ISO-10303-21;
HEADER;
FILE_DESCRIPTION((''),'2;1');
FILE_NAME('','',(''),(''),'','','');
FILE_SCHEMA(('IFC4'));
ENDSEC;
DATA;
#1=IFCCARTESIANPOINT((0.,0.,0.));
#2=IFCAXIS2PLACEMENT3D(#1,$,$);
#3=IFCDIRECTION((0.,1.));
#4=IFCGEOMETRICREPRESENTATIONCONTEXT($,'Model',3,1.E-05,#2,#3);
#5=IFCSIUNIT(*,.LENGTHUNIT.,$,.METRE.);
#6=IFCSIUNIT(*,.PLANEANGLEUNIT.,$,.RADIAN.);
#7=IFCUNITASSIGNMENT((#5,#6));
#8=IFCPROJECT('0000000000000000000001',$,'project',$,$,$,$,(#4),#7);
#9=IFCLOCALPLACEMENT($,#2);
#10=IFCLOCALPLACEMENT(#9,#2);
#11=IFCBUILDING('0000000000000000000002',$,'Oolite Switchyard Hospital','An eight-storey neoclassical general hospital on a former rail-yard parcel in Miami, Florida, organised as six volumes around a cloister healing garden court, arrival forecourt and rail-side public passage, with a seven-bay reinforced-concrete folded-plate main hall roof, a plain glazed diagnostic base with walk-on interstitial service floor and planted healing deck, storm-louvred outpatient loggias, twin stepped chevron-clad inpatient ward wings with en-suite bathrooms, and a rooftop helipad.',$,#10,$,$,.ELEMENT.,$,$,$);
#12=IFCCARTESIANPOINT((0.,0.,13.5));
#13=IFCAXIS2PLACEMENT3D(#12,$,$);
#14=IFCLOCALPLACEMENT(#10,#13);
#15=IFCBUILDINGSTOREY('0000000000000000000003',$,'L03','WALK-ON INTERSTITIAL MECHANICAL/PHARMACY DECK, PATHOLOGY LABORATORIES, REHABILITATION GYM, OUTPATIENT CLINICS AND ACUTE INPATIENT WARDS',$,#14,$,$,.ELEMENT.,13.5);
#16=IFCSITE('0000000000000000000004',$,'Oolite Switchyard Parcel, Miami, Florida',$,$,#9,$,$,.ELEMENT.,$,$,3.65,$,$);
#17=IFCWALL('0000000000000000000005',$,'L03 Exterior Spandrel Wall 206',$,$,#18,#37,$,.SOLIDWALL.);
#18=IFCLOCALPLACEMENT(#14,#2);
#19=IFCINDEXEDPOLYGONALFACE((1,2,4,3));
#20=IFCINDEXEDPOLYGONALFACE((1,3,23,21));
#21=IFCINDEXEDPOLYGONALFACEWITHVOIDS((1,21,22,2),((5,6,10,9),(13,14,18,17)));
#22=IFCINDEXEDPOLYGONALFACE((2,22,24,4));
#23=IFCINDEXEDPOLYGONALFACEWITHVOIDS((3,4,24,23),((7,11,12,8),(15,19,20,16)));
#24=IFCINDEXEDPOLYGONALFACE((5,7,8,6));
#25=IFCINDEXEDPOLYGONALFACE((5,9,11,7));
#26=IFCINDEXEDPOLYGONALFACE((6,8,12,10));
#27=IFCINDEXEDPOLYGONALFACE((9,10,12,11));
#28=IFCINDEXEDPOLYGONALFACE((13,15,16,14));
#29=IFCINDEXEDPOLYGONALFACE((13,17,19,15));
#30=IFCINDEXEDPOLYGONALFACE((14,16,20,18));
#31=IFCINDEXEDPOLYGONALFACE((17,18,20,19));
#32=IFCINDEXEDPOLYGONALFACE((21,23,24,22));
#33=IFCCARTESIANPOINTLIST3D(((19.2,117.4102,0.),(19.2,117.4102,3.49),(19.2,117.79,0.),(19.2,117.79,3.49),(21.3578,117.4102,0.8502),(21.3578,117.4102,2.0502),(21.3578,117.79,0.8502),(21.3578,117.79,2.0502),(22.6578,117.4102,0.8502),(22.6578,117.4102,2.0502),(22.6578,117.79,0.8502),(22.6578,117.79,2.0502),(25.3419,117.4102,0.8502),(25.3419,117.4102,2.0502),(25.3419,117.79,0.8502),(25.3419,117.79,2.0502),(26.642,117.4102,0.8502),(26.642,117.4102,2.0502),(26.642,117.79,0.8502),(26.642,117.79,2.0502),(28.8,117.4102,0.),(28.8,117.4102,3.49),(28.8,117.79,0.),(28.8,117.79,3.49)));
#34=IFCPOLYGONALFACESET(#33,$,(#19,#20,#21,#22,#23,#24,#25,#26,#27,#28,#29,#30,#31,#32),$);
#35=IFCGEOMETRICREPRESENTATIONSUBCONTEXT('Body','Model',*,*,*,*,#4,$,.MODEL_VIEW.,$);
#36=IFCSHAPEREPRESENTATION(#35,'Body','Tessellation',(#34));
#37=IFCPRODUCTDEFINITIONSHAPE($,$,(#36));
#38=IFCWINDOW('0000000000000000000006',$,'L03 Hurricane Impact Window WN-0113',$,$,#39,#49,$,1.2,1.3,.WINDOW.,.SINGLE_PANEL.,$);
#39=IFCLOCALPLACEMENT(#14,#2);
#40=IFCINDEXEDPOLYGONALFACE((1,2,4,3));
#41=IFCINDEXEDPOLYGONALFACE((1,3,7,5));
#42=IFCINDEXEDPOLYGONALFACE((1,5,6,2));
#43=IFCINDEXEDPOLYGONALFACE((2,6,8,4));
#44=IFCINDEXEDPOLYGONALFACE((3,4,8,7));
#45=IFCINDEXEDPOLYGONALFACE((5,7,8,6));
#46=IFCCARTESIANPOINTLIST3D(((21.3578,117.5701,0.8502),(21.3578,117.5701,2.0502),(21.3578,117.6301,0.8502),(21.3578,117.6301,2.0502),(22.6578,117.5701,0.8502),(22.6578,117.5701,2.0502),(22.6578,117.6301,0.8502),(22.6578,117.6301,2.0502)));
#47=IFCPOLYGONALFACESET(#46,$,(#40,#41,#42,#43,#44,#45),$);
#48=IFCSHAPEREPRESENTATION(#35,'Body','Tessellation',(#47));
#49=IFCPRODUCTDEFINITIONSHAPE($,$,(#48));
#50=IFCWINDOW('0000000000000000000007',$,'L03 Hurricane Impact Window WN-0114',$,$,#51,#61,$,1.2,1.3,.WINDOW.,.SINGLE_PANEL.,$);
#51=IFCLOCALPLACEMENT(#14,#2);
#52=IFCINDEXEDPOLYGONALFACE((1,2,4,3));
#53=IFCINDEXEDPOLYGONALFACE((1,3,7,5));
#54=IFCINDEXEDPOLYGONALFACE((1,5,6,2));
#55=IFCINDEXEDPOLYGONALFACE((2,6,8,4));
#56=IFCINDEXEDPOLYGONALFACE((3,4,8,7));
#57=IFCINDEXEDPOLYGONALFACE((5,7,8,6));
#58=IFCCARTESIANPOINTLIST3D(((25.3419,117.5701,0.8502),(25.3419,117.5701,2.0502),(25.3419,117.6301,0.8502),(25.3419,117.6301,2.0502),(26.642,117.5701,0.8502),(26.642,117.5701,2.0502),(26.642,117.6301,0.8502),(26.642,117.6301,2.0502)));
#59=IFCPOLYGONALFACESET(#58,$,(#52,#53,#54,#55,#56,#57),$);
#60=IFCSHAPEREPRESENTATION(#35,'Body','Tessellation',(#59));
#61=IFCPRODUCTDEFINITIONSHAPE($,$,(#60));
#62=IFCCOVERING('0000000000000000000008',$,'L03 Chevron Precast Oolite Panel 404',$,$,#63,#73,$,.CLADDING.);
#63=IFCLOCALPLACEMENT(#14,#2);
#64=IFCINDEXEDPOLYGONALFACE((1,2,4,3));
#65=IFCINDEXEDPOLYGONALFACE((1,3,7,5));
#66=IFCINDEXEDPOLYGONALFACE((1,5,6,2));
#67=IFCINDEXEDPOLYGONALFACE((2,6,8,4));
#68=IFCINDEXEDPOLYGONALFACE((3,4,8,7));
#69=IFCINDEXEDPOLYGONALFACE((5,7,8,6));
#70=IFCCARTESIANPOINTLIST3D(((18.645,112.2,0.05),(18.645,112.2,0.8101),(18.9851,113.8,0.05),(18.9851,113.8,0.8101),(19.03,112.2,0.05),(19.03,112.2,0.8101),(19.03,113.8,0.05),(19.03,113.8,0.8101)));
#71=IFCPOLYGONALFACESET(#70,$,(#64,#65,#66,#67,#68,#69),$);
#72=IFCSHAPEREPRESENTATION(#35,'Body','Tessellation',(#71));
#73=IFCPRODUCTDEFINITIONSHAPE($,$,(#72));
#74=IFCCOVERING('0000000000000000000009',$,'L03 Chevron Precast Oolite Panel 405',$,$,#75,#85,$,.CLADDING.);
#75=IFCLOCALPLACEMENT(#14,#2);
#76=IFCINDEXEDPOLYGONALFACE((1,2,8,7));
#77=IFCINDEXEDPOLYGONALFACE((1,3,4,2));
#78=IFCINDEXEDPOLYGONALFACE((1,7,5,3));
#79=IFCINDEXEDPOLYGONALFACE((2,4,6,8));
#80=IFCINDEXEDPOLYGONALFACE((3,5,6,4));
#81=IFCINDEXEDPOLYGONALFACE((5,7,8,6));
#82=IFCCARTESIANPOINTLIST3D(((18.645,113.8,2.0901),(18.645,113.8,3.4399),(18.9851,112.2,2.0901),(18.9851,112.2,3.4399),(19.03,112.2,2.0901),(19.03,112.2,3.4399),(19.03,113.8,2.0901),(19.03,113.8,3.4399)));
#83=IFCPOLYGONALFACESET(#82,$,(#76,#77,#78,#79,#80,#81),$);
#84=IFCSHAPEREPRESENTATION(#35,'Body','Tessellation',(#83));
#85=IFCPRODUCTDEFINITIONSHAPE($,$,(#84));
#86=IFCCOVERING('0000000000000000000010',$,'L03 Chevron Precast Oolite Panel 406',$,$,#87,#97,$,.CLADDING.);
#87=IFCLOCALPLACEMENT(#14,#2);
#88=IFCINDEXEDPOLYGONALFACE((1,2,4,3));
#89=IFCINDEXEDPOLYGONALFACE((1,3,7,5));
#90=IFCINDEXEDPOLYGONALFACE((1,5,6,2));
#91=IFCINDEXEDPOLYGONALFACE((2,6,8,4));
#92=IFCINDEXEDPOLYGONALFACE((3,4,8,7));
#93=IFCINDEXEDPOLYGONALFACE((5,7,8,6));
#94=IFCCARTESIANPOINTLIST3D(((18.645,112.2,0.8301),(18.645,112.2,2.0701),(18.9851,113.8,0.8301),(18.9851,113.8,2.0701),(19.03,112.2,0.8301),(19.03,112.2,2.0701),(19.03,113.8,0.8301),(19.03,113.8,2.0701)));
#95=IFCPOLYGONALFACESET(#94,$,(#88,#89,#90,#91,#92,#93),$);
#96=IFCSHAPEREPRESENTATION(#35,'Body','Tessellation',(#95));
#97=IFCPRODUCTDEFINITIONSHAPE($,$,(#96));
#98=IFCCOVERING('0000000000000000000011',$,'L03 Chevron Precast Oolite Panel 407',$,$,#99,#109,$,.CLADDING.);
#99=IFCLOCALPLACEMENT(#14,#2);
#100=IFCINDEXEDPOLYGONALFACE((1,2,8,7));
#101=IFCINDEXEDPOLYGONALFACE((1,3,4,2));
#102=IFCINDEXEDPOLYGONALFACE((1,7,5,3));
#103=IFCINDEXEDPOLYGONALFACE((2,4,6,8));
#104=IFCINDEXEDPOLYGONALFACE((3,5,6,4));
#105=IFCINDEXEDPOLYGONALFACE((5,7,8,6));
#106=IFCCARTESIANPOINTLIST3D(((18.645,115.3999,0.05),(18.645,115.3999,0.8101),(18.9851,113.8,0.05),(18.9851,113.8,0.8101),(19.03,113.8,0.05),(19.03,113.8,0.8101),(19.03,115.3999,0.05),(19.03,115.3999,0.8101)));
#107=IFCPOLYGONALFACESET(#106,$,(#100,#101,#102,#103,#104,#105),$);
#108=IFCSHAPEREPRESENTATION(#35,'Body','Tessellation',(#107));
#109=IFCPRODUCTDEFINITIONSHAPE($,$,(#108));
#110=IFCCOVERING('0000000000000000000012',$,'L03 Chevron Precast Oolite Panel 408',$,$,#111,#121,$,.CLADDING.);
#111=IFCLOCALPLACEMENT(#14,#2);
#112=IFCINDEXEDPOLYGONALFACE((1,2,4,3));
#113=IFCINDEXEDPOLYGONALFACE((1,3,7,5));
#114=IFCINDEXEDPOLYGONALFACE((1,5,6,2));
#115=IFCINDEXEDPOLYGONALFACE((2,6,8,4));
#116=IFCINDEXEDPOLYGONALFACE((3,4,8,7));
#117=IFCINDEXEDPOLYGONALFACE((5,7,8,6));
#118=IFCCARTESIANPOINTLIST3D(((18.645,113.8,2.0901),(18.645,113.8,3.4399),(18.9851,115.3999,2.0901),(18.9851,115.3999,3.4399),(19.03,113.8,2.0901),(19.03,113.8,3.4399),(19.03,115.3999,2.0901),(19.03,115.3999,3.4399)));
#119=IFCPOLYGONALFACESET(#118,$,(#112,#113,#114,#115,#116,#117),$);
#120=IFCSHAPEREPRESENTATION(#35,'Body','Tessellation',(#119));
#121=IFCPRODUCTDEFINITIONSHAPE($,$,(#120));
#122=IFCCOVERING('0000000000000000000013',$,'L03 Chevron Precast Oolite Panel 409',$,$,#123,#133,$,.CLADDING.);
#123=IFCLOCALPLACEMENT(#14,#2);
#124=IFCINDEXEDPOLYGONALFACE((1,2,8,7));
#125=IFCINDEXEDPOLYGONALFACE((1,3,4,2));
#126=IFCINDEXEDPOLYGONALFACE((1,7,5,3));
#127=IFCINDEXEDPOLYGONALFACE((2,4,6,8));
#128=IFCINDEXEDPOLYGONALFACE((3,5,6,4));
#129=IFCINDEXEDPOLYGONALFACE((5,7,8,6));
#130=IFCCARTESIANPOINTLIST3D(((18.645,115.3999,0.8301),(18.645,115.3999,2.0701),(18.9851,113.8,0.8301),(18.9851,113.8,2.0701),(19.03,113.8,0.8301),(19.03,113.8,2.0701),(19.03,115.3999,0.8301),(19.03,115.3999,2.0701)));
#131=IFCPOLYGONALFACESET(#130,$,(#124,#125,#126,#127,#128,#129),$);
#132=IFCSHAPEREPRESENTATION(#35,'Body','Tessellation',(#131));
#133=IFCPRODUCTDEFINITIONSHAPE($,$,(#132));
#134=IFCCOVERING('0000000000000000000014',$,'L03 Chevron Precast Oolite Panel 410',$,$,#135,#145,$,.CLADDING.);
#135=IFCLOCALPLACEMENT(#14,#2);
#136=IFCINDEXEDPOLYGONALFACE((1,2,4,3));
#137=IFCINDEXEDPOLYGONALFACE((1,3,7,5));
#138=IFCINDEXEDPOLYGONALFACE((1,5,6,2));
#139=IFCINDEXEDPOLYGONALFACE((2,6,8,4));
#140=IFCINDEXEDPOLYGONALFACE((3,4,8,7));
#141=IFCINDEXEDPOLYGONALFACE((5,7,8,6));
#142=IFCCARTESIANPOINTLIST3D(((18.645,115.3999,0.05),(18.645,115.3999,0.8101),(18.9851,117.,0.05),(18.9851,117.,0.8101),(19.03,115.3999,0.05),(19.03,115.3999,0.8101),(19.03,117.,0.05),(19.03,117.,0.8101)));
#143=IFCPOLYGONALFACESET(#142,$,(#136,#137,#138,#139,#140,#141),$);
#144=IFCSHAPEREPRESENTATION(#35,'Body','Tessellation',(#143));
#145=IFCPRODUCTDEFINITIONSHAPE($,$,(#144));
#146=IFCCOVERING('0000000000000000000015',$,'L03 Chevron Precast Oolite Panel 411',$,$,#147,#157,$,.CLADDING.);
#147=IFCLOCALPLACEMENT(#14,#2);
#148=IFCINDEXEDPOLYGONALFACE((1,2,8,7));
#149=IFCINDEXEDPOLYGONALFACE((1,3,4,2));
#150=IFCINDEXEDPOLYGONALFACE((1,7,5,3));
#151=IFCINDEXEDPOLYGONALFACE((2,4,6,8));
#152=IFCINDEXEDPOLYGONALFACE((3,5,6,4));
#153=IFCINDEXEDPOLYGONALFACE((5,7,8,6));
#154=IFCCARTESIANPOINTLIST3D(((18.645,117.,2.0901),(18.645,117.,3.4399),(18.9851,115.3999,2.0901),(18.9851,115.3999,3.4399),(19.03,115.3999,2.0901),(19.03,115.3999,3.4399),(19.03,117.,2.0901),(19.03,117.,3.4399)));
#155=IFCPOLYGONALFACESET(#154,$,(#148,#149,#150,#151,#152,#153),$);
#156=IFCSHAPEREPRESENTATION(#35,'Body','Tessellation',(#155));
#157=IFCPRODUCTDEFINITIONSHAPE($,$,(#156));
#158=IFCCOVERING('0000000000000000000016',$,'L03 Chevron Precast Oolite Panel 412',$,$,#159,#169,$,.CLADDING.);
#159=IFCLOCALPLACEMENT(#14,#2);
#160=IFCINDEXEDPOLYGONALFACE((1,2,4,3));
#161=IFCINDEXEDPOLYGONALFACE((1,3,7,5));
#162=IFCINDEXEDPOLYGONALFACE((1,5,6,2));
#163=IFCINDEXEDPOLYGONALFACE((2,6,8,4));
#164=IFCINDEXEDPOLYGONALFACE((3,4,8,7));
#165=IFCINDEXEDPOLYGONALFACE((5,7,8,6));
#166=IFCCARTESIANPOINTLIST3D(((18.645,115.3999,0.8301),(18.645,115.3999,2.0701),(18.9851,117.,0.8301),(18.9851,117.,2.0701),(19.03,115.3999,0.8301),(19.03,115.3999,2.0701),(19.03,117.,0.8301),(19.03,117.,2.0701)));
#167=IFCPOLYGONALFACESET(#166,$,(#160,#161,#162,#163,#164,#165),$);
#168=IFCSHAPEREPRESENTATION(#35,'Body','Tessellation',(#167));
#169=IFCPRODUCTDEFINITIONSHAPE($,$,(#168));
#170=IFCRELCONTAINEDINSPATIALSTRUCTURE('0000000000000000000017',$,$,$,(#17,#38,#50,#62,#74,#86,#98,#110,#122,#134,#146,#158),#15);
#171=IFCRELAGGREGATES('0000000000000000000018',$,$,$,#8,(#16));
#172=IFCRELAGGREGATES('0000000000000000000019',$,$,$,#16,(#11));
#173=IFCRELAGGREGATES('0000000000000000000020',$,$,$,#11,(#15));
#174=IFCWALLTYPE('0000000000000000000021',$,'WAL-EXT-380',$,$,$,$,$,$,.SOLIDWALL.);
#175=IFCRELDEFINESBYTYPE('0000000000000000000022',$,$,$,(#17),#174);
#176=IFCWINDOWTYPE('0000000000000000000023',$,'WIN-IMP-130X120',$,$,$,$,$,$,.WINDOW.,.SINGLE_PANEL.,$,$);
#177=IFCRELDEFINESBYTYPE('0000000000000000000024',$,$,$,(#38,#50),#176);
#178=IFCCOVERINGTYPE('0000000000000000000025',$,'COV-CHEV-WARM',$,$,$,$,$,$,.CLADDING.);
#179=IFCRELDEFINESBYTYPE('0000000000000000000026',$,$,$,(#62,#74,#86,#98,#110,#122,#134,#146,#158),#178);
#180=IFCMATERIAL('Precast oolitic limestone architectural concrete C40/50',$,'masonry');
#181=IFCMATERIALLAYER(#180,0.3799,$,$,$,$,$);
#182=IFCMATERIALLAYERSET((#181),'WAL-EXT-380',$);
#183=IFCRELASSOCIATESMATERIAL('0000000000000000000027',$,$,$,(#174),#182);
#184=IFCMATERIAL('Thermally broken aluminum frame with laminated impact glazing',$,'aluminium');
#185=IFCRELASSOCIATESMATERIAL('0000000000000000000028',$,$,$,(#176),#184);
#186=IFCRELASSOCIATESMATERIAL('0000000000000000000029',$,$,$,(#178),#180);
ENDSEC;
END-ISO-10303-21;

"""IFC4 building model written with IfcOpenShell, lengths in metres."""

from ifc_helpers import new_model, si_unit, direction, frame, frame_2d, origin, place, context, subcontext, project, spatial, polyline, rectangle, outline, extrude, material, layer, layer_set, type_object, element, fill, save


model = new_model("IFC4")

# Units and contexts
model_context = context("Model", 3, precision=1e-05, world=origin(), true_north=direction((0.0, 1.0)))
body_context = subcontext(model_context, "Body", "Model", "MODEL_VIEW")
ifc_project = project(units=[si_unit("LENGTHUNIT", "METRE"), si_unit("PLANEANGLEUNIT", "RADIAN")], contexts=[model_context])

# Site, building, storey
site_placement = place(None, origin())
site = spatial("IfcSite", under=ifc_project, at=site_placement, Name="Oolite Switchyard Parcel, Miami, Florida", CompositionType="ELEMENT", RefElevation=3.65)
building_placement = place(site_placement, origin())
building = spatial("IfcBuilding", under=site, at=building_placement, Name="Oolite Switchyard Hospital", Description="An eight-storey neoclassical general hospital on a former rail-yard parcel in Miami, Florida, organised as six volumes around a cloister healing garden court, arrival forecourt and rail-side public passage, with a seven-bay reinforced-concrete folded-plate main hall roof, a plain glazed diagnostic base with walk-on interstitial service floor and planted healing deck, storm-louvred outpatient loggias, twin stepped chevron-clad inpatient ward wings with en-suite bathrooms, and a rooftop helipad.", CompositionType="ELEMENT")
storey_placement = place(building_placement, frame((0.0, 0.0, 13.5)))
storey = spatial("IfcBuildingStorey", under=building, at=storey_placement, Name="L03", Description="WALK-ON INTERSTITIAL MECHANICAL/PHARMACY DECK, PATHOLOGY LABORATORIES, REHABILITATION GYM, OUTPATIENT CLINICS AND ACUTE INPATIENT WARDS", CompositionType="ELEMENT", Elevation=13.5)

# Wall, openings, windows
ifc_material_1 = material(Name="Precast oolitic limestone architectural concrete C40/50", Category="masonry")
ifc_layer = layer(ifc_material_1, 0.3799)
ifc_layer_set = layer_set([ifc_layer], Name="WAL-EXT-380")
wall_type = type_object("IfcWallType", Name="WAL-EXT-380", PredefinedType="SOLIDWALL", material=ifc_layer_set)
wall_placement = place(storey_placement, frame((19.2, 117.6001, 0.0), z_axis=(0.0, 0.0, 1.0), x_axis=(1.0, 0.0, 0.0)))
wall = element("IfcWall", 1, at=wall_placement, inside=storey, type_object=wall_type, Name="L03 Exterior Spandrel Wall 206", PredefinedType="SOLIDWALL", context=body_context, shape_type="SweptSolid", body=[
    extrude(rectangle(XDim=9.6001, YDim=0.3799, at=frame_2d((4.8, 0.0))), origin(), (0.0, 0.0, 1.0), 3.49),
])
opening_1_placement = place(wall_placement, frame((2.158, 0.0, 0.8501)))
opening_1 = element("IfcOpeningElement", 2, at=opening_1_placement, cuts=wall, PredefinedType="OPENING", context=body_context, shape_type="SweptSolid", body=[
    extrude(rectangle(XDim=1.3, YDim=1.2, at=frame_2d((0.6499, 0.6001))), frame((0.0, 0.2, 0.0), z_axis=(0.0, -1.0, 0.0), x_axis=(1.0, 0.0, 0.0)), (0.0, 0.0, 1.0), 0.3999),
])
opening_2_placement = place(wall_placement, frame((6.1421, 0.0, 0.8501)))
opening_2 = element("IfcOpeningElement", 3, at=opening_2_placement, cuts=wall, PredefinedType="OPENING", context=body_context, shape_type="SweptSolid", body=[
    extrude(rectangle(XDim=1.3, YDim=1.2, at=frame_2d((0.6499, 0.6001))), frame((0.0, 0.2, 0.0), z_axis=(0.0, -1.0, 0.0), x_axis=(1.0, 0.0, 0.0)), (0.0, 0.0, 1.0), 0.3999),
])
ifc_material_2 = material(Name="Thermally broken aluminum frame with laminated impact glazing", Category="aluminium")
window_type = type_object("IfcWindowType", Name="WIN-IMP-130X120", PartitioningType="SINGLE_PANEL", PredefinedType="WINDOW", material=ifc_material_2)
window_1_placement = place(opening_1_placement, origin())
window_1 = element("IfcWindow", 4, at=window_1_placement, inside=storey, type_object=window_type, Name="L03 Hurricane Impact Window WN-0113", OverallHeight=1.2, OverallWidth=1.3, PartitioningType="SINGLE_PANEL", PredefinedType="WINDOW", context=body_context, shape_type="SweptSolid", body=[
    extrude(rectangle(XDim=1.3, YDim=1.2, at=frame_2d((0.6499, 0.6001))), frame((0.0, 0.03, 0.0), z_axis=(0.0, -1.0, 0.0), x_axis=(1.0, 0.0, 0.0)), (0.0, 0.0, 1.0), 0.0601),
])
fill(opening_1, window_1)
window_2_placement = place(opening_2_placement, origin())
window_2 = element("IfcWindow", 5, at=window_2_placement, inside=storey, type_object=window_type, Name="L03 Hurricane Impact Window WN-0114", OverallHeight=1.2, OverallWidth=1.3, PartitioningType="SINGLE_PANEL", PredefinedType="WINDOW", context=body_context, shape_type="SweptSolid", body=[
    extrude(rectangle(XDim=1.3, YDim=1.2, at=frame_2d((0.6499, 0.6001))), frame((0.0, 0.03, 0.0), z_axis=(0.0, -1.0, 0.0), x_axis=(1.0, 0.0, 0.0)), (0.0, 0.0, 1.0), 0.0601),
])
fill(opening_2, window_2)

# Coverings
covering_type = type_object("IfcCoveringType", Name="COV-CHEV-WARM", PredefinedType="CLADDING", material=ifc_material_1)
covering_1_placement = place(storey_placement, frame((19.03, 112.2, 0.05), z_axis=(0.0, 0.0, 1.0), x_axis=(0.0, 1.0, 0.0)))
element("IfcCovering", 6, at=covering_1_placement, inside=storey, type_object=covering_type, Name="L03 Chevron Precast Oolite Panel 404", PredefinedType="CLADDING", context=body_context, shape_type="SweptSolid", body=[
    extrude(outline(polyline([(0.0, 0.0), (1.6001, 0.0), (1.6001, 0.0449), (0.0, 0.385), (0.0, 0.0)])), origin(), (0.0, 0.0, 1.0), 0.76),
])
covering_2_placement = place(storey_placement, frame((19.03, 112.2, 2.0901), z_axis=(0.0, 0.0, 1.0), x_axis=(0.0, 1.0, 0.0)))
element("IfcCovering", 7, at=covering_2_placement, inside=storey, type_object=covering_type, Name="L03 Chevron Precast Oolite Panel 405", PredefinedType="CLADDING", context=body_context, shape_type="SweptSolid", body=[
    extrude(outline(polyline([(0.0, 0.0), (1.6001, 0.0), (1.6001, 0.385), (0.0, 0.0449), (0.0, 0.0)])), origin(), (0.0, 0.0, 1.0), 1.3499),
])
covering_3_placement = place(storey_placement, frame((19.03, 112.2, 0.8301), z_axis=(0.0, 0.0, 1.0), x_axis=(0.0, 1.0, 0.0)))
element("IfcCovering", 8, at=covering_3_placement, inside=storey, type_object=covering_type, Name="L03 Chevron Precast Oolite Panel 406", PredefinedType="CLADDING", context=body_context, shape_type="SweptSolid", body=[
    extrude(outline(polyline([(0.0, 0.0), (1.6001, 0.0), (1.6001, 0.0449), (0.0, 0.385), (0.0, 0.0)])), origin(), (0.0, 0.0, 1.0), 1.24),
])
covering_4_placement = place(storey_placement, frame((19.03, 113.8, 0.05), z_axis=(0.0, 0.0, 1.0), x_axis=(0.0, 1.0, 0.0)))
element("IfcCovering", 9, at=covering_4_placement, inside=storey, type_object=covering_type, Name="L03 Chevron Precast Oolite Panel 407", PredefinedType="CLADDING", context=body_context, shape_type="SweptSolid", body=[
    extrude(outline(polyline([(0.0, 0.0), (1.5999, 0.0), (1.5999, 0.385), (0.0, 0.0449), (0.0, 0.0)])), origin(), (0.0, 0.0, 1.0), 0.76),
])
covering_5_placement = place(storey_placement, frame((19.03, 113.8, 2.0901), z_axis=(0.0, 0.0, 1.0), x_axis=(0.0, 1.0, 0.0)))
element("IfcCovering", 10, at=covering_5_placement, inside=storey, type_object=covering_type, Name="L03 Chevron Precast Oolite Panel 408", PredefinedType="CLADDING", context=body_context, shape_type="SweptSolid", body=[
    extrude(outline(polyline([(0.0, 0.0), (1.5999, 0.0), (1.5999, 0.0449), (0.0, 0.385), (0.0, 0.0)])), origin(), (0.0, 0.0, 1.0), 1.3499),
])
covering_6_placement = place(storey_placement, frame((19.03, 113.8, 0.8301), z_axis=(0.0, 0.0, 1.0), x_axis=(0.0, 1.0, 0.0)))
element("IfcCovering", 11, at=covering_6_placement, inside=storey, type_object=covering_type, Name="L03 Chevron Precast Oolite Panel 409", PredefinedType="CLADDING", context=body_context, shape_type="SweptSolid", body=[
    extrude(outline(polyline([(0.0, 0.0), (1.5999, 0.0), (1.5999, 0.385), (0.0, 0.0449), (0.0, 0.0)])), origin(), (0.0, 0.0, 1.0), 1.24),
])
covering_7_placement = place(storey_placement, frame((19.03, 115.3999, 0.05), z_axis=(0.0, 0.0, 1.0), x_axis=(0.0, 1.0, 0.0)))
element("IfcCovering", 12, at=covering_7_placement, inside=storey, type_object=covering_type, Name="L03 Chevron Precast Oolite Panel 410", PredefinedType="CLADDING", context=body_context, shape_type="SweptSolid", body=[
    extrude(outline(polyline([(0.0, 0.0), (1.6001, 0.0), (1.6001, 0.0449), (0.0, 0.385), (0.0, 0.0)])), origin(), (0.0, 0.0, 1.0), 0.76),
])
covering_8_placement = place(storey_placement, frame((19.03, 115.3999, 2.0901), z_axis=(0.0, 0.0, 1.0), x_axis=(0.0, 1.0, 0.0)))
element("IfcCovering", 13, at=covering_8_placement, inside=storey, type_object=covering_type, Name="L03 Chevron Precast Oolite Panel 411", PredefinedType="CLADDING", context=body_context, shape_type="SweptSolid", body=[
    extrude(outline(polyline([(0.0, 0.0), (1.6001, 0.0), (1.6001, 0.385), (0.0, 0.0449), (0.0, 0.0)])), origin(), (0.0, 0.0, 1.0), 1.3499),
])
covering_9_placement = place(storey_placement, frame((19.03, 115.3999, 0.8301), z_axis=(0.0, 0.0, 1.0), x_axis=(0.0, 1.0, 0.0)))
element("IfcCovering", 14, at=covering_9_placement, inside=storey, type_object=covering_type, Name="L03 Chevron Precast Oolite Panel 412", PredefinedType="CLADDING", context=body_context, shape_type="SweptSolid", body=[
    extrude(outline(polyline([(0.0, 0.0), (1.6001, 0.0), (1.6001, 0.0449), (0.0, 0.385), (0.0, 0.0)])), origin(), (0.0, 0.0, 1.0), 1.24),
])

save(model, "model.ifc")
